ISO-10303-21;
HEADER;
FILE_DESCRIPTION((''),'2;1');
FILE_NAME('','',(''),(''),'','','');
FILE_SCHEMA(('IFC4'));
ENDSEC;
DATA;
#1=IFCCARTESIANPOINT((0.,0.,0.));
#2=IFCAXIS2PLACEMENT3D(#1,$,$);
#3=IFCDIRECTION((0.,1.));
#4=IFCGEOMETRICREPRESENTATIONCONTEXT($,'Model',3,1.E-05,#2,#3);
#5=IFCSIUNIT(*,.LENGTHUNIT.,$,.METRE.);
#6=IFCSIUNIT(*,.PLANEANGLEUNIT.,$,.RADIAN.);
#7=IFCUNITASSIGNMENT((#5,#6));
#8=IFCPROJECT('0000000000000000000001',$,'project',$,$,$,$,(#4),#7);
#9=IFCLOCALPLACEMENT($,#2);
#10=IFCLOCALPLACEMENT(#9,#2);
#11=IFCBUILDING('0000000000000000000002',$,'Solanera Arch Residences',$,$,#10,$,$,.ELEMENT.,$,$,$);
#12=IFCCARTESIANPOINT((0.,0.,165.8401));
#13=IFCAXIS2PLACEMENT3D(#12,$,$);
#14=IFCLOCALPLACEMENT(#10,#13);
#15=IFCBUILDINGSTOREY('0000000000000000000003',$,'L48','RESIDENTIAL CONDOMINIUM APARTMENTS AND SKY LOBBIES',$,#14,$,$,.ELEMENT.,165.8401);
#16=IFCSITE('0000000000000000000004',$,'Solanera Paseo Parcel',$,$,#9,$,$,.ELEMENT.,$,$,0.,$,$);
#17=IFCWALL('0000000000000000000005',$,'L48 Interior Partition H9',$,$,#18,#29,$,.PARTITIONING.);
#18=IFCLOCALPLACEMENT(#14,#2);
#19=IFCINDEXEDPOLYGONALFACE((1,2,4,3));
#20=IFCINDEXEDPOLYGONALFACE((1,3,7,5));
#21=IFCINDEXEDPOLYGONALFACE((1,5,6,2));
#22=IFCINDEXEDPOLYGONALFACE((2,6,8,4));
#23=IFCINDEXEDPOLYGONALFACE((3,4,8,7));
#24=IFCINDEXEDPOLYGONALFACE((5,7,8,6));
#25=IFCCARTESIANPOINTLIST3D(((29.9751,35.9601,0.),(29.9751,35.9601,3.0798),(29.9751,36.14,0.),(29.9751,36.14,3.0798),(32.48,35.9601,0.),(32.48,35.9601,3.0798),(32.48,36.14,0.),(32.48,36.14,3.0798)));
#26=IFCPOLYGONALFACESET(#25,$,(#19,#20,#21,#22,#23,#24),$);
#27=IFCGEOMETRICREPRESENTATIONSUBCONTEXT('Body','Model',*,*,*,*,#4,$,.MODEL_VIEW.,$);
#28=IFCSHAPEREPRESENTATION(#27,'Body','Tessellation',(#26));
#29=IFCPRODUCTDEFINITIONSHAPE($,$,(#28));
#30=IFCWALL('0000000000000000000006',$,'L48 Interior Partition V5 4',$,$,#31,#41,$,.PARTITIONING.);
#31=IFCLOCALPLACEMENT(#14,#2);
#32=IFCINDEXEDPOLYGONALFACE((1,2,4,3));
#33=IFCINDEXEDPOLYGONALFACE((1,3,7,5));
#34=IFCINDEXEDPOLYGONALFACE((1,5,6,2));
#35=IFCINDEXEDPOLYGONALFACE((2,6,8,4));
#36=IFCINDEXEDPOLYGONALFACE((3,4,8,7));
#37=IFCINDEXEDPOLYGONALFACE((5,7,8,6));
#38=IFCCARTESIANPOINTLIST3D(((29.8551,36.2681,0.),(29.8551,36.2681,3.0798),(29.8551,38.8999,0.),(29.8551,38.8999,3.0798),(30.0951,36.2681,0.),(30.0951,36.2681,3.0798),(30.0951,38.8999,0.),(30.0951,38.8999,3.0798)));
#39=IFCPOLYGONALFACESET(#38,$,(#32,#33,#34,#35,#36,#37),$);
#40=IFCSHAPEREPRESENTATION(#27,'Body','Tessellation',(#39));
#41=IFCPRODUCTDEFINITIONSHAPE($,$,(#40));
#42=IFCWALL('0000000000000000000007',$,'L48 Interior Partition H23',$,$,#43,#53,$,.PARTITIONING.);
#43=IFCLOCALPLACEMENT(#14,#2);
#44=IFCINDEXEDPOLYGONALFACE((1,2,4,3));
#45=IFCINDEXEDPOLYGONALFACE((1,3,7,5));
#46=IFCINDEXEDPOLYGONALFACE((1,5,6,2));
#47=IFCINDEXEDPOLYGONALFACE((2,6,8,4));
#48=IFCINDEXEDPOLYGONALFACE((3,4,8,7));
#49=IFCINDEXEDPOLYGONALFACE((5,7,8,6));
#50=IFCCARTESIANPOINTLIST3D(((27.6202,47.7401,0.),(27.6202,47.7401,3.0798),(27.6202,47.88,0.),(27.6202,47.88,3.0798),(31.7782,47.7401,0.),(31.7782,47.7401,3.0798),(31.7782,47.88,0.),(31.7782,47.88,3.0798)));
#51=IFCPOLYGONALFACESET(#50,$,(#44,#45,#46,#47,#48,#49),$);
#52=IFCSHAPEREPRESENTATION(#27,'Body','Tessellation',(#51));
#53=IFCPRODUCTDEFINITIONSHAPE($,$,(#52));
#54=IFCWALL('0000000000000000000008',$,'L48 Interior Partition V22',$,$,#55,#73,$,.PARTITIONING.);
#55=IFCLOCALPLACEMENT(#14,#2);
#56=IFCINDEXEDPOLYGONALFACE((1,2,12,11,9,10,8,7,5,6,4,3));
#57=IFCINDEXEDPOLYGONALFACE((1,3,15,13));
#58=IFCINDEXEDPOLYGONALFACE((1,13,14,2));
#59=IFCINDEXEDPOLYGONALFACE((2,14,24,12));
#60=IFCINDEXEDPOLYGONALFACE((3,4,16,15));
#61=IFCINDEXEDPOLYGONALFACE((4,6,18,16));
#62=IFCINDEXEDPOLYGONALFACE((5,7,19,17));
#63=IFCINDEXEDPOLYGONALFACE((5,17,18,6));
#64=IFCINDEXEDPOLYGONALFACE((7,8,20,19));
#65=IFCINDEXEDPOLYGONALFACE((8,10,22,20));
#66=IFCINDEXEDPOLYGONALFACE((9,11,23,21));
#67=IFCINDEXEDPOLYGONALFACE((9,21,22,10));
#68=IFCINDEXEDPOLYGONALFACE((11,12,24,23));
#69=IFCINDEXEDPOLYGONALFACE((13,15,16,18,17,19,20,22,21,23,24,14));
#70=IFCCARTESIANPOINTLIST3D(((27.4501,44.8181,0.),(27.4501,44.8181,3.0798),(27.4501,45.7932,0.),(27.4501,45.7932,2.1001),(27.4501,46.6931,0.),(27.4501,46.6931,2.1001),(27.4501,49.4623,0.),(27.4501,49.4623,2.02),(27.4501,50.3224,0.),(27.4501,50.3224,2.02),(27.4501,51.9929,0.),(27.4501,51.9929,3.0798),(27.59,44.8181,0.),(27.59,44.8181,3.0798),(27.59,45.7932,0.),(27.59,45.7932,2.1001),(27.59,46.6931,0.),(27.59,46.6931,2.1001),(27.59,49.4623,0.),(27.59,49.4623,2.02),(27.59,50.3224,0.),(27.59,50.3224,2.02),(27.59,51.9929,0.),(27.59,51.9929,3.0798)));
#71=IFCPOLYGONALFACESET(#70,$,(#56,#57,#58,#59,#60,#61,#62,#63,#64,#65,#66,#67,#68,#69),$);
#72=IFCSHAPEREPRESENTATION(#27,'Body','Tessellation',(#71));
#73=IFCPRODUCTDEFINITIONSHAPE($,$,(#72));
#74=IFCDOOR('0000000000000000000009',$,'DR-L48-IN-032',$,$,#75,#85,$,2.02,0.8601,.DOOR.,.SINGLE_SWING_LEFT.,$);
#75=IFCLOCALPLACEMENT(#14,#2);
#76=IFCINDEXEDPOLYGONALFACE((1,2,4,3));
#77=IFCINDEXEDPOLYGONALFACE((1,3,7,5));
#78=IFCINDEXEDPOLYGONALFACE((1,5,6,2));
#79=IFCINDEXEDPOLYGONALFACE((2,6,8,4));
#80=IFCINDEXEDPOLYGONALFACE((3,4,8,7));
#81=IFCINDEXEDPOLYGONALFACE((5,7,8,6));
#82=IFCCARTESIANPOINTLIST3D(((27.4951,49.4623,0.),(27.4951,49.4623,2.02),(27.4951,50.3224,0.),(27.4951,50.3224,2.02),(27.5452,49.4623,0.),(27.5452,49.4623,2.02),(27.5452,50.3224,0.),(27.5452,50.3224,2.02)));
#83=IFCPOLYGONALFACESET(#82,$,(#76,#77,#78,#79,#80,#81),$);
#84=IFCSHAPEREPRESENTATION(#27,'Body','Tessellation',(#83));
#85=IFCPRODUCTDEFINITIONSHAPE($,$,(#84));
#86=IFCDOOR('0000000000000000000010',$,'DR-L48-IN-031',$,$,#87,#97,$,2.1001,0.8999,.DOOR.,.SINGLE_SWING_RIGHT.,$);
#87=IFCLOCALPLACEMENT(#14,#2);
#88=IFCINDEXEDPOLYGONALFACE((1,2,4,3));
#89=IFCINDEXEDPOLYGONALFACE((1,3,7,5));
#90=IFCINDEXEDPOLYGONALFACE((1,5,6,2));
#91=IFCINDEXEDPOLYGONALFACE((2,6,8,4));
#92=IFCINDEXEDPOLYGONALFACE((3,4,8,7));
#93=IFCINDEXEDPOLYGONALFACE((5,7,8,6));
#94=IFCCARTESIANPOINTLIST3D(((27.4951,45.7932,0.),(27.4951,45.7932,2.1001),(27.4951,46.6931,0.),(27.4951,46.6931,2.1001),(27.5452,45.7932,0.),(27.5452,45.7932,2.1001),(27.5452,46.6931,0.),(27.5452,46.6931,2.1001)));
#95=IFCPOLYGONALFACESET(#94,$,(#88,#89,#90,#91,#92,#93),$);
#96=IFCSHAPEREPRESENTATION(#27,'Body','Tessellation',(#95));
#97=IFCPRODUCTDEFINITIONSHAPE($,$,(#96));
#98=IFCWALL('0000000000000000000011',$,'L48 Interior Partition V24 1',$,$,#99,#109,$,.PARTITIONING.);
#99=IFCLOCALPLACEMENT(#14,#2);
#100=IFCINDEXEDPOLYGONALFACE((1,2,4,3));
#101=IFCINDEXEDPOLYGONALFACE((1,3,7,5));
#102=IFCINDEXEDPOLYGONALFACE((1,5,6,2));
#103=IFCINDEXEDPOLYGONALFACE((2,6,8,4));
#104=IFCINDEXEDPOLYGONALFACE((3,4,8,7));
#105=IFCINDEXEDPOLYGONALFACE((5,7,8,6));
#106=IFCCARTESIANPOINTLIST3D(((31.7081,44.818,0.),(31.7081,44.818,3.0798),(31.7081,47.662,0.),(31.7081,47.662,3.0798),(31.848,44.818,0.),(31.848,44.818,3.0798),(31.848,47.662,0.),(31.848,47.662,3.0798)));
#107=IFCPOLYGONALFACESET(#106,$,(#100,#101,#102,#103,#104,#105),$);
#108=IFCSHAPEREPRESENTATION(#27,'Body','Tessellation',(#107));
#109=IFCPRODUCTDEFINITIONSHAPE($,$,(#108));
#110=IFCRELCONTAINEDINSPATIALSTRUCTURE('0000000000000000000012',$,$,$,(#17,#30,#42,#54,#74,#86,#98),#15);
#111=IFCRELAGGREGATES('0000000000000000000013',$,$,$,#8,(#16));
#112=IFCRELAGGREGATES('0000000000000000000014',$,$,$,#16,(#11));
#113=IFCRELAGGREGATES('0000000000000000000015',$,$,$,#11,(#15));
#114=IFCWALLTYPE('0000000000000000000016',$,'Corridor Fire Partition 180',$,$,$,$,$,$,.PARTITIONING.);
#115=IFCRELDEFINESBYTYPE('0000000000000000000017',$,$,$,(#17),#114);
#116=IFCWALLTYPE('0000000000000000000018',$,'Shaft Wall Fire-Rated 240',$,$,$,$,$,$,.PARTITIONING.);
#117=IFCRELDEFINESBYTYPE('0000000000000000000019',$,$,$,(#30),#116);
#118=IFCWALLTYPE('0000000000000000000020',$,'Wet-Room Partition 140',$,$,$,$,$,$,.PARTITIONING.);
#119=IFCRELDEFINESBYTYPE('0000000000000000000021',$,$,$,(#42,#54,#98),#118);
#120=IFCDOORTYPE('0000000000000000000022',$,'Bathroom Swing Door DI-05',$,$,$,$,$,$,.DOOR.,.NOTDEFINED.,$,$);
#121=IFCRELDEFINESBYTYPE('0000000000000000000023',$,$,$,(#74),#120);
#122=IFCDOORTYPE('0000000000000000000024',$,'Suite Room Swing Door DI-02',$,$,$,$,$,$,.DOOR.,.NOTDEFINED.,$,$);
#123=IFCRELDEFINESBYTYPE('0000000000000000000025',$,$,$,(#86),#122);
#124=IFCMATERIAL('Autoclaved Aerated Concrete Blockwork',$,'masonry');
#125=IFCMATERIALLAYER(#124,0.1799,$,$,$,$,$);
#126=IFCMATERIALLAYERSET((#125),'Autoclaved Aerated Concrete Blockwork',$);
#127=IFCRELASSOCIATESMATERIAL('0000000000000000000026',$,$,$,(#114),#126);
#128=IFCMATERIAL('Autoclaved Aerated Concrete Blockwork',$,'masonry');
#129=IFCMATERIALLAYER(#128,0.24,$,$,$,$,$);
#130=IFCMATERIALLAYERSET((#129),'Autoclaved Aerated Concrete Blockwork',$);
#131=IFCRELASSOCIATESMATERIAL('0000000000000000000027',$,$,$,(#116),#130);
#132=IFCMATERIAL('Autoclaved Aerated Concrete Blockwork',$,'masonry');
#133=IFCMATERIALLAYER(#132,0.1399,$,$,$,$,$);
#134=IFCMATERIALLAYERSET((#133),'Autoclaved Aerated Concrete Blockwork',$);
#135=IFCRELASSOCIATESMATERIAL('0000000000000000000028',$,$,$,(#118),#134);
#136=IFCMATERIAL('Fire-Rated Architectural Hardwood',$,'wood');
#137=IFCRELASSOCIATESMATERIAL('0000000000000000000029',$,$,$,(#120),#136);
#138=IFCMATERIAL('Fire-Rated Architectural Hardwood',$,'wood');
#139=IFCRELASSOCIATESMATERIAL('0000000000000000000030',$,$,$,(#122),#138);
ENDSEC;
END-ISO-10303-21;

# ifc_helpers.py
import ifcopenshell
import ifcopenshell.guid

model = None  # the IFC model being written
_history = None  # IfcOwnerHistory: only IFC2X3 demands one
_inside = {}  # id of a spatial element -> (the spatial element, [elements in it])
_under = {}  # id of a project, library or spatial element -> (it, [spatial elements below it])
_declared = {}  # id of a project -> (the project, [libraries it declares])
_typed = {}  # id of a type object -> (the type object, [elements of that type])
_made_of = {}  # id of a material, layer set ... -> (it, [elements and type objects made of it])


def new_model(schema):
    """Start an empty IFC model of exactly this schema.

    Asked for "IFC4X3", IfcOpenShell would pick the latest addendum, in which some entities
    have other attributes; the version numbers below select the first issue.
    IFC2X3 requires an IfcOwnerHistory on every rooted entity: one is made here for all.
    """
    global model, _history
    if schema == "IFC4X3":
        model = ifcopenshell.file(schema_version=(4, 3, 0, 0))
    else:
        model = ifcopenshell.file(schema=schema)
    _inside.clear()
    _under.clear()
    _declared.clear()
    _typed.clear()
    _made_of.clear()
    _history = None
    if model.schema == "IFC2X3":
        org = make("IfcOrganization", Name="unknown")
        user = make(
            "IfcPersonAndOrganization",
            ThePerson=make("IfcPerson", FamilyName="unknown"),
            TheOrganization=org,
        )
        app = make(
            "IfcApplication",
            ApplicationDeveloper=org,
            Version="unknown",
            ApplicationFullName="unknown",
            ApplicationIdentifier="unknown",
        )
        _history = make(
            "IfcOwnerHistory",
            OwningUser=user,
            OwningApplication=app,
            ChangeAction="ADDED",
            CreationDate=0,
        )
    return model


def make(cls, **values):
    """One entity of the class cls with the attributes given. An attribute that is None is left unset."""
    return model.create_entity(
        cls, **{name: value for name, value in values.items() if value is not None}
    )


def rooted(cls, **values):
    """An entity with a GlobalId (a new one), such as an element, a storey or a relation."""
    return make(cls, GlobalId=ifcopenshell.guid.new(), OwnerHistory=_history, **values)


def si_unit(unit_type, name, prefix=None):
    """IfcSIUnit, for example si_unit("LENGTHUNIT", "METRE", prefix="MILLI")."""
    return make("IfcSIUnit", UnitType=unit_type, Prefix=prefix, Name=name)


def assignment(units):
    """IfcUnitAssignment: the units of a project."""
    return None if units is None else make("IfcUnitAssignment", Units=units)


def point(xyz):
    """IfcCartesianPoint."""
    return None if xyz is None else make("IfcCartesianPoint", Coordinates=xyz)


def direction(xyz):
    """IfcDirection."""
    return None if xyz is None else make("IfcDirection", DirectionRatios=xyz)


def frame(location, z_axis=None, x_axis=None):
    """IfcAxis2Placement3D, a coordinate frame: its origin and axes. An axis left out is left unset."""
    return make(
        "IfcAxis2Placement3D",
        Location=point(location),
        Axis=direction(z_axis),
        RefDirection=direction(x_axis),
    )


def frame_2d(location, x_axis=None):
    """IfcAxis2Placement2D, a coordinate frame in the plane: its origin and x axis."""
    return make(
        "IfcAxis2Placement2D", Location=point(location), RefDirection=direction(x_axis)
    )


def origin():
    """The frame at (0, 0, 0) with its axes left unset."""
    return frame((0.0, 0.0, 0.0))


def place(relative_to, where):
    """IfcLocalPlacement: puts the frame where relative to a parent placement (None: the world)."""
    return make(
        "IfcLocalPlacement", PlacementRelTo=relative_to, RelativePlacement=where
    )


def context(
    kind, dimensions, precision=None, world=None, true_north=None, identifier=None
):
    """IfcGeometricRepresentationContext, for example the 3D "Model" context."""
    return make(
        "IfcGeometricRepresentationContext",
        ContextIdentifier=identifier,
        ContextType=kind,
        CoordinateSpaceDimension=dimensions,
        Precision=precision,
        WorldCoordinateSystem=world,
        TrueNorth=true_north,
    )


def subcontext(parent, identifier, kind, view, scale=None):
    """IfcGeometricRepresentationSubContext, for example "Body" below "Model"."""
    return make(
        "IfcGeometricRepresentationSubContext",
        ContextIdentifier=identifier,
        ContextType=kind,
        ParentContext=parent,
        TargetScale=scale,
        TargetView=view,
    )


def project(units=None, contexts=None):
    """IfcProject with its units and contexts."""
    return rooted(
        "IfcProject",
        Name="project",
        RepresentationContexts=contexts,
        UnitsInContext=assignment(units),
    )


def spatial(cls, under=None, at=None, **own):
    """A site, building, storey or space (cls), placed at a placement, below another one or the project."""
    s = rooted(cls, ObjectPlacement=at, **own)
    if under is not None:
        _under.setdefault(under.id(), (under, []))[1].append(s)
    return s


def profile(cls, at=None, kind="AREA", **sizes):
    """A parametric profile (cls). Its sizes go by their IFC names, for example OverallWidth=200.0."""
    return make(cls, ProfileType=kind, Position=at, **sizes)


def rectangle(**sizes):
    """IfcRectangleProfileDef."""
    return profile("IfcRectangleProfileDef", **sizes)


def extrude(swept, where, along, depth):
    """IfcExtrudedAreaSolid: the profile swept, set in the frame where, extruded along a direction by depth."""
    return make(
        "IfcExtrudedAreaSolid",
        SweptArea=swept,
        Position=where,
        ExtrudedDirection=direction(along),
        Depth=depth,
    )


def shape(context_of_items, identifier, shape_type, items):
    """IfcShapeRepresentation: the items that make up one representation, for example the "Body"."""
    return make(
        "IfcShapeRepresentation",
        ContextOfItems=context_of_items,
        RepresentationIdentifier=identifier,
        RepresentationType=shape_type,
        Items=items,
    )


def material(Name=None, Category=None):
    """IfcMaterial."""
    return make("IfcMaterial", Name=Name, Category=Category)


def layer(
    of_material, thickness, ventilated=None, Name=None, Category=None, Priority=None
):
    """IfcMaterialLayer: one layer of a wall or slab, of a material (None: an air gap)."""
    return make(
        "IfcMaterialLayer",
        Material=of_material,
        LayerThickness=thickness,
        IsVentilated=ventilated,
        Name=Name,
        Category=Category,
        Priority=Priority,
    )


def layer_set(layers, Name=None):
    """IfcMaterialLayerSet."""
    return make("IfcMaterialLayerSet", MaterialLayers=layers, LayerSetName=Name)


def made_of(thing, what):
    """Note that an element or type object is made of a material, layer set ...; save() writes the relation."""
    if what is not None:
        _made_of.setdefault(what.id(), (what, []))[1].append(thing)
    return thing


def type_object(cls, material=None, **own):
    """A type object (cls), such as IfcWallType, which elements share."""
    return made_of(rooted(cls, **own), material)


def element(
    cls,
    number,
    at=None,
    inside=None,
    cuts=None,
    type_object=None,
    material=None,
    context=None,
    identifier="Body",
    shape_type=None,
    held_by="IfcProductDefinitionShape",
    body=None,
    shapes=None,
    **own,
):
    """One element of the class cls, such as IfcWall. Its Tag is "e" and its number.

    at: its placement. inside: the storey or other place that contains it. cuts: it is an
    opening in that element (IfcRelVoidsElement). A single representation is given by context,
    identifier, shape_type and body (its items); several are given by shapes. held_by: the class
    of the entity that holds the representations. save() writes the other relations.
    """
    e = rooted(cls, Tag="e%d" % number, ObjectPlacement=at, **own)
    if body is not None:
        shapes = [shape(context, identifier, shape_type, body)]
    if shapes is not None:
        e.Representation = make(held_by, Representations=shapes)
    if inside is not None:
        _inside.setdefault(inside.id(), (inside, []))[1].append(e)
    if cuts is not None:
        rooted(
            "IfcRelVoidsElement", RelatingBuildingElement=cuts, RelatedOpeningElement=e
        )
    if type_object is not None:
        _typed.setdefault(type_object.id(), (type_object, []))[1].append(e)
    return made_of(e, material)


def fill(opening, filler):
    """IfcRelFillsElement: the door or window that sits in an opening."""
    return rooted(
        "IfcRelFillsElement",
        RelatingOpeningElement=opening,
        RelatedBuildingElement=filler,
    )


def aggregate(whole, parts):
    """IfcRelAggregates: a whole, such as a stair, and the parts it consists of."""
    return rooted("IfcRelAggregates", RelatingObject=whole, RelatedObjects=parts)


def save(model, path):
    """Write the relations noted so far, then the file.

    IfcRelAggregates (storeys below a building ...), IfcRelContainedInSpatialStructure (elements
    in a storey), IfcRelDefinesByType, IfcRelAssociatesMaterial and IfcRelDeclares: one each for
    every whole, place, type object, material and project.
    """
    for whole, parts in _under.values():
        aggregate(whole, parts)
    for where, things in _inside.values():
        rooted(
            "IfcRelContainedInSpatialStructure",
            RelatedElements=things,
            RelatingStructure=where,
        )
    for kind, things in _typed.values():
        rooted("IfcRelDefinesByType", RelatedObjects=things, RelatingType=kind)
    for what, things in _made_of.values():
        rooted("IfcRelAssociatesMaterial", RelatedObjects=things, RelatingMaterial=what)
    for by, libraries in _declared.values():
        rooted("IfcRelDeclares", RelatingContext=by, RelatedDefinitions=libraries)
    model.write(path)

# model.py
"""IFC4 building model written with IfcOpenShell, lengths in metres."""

from ifc_helpers import new_model, si_unit, direction, frame, frame_2d, origin, place, context, subcontext, project, spatial, rectangle, extrude, material, layer, layer_set, type_object, element, fill, save


model = new_model("IFC4")

# Units and contexts
model_context = context("Model", 3, precision=1e-05, world=origin(), true_north=direction((0.0, 1.0)))
body_context = subcontext(model_context, "Body", "Model", "MODEL_VIEW")
ifc_project = project(units=[si_unit("LENGTHUNIT", "METRE"), si_unit("PLANEANGLEUNIT", "RADIAN")], contexts=[model_context])

# Site, building, storey
site_placement = place(None, origin())
site = spatial("IfcSite", under=ifc_project, at=site_placement, Name="Solanera Paseo Parcel", CompositionType="ELEMENT", RefElevation=0.0)
building_placement = place(site_placement, origin())
building = spatial("IfcBuilding", under=site, at=building_placement, Name="Solanera Arch Residences", CompositionType="ELEMENT")
storey_placement = place(building_placement, frame((0.0, 0.0, 165.8401)))
storey = spatial("IfcBuildingStorey", under=building, at=storey_placement, Name="L48", Description="RESIDENTIAL CONDOMINIUM APARTMENTS AND SKY LOBBIES", CompositionType="ELEMENT", Elevation=165.8401)

# Walls
ifc_material_1 = material(Name="Autoclaved Aerated Concrete Blockwork", Category="masonry")
ifc_layer_1 = layer(ifc_material_1, 0.1799)
ifc_layer_set_1 = layer_set([ifc_layer_1], Name="Autoclaved Aerated Concrete Blockwork")
wall_type_1 = type_object("IfcWallType", Name="Corridor Fire Partition 180", PredefinedType="PARTITIONING", material=ifc_layer_set_1)
wall_1_placement = place(storey_placement, frame((29.9751, 36.05, 0.0), z_axis=(0.0, 0.0, 1.0), x_axis=(1.0, 0.0, 0.0)))
element("IfcWall", 1, at=wall_1_placement, inside=storey, type_object=wall_type_1, Name="L48 Interior Partition H9", PredefinedType="PARTITIONING", context=body_context, shape_type="SweptSolid", body=[
    extrude(rectangle(XDim=2.5049, YDim=0.1799, at=frame_2d((1.2524, 0.0))), origin(), (0.0, 0.0, 1.0), 3.0798),
])
ifc_material_2 = material(Name="Autoclaved Aerated Concrete Blockwork", Category="masonry")
ifc_layer_2 = layer(ifc_material_2, 0.24)
ifc_layer_set_2 = layer_set([ifc_layer_2], Name="Autoclaved Aerated Concrete Blockwork")
wall_type_2 = type_object("IfcWallType", Name="Shaft Wall Fire-Rated 240", PredefinedType="PARTITIONING", material=ifc_layer_set_2)
wall_2_placement = place(storey_placement, frame((29.9751, 36.2681, 0.0), z_axis=(0.0, 0.0, 1.0), x_axis=(0.0, 1.0, 0.0)))
element("IfcWall", 2, at=wall_2_placement, inside=storey, type_object=wall_type_2, Name="L48 Interior Partition V5 4", PredefinedType="PARTITIONING", context=body_context, shape_type="SweptSolid", body=[
    extrude(rectangle(XDim=2.6318, YDim=0.24, at=frame_2d((1.3159, 0.0))), origin(), (0.0, 0.0, 1.0), 3.0798),
])
ifc_material_3 = material(Name="Autoclaved Aerated Concrete Blockwork", Category="masonry")
ifc_layer_3 = layer(ifc_material_3, 0.1399)
ifc_layer_set_3 = layer_set([ifc_layer_3], Name="Autoclaved Aerated Concrete Blockwork")
wall_type_3 = type_object("IfcWallType", Name="Wet-Room Partition 140", PredefinedType="PARTITIONING", material=ifc_layer_set_3)
wall_3_placement = place(storey_placement, frame((27.6201, 47.8101, 0.0), z_axis=(0.0, 0.0, 1.0), x_axis=(1.0, 0.0, 0.0)))
element("IfcWall", 3, at=wall_3_placement, inside=storey, type_object=wall_type_3, Name="L48 Interior Partition H23", PredefinedType="PARTITIONING", context=body_context, shape_type="SweptSolid", body=[
    extrude(rectangle(XDim=4.158, YDim=0.1399, at=frame_2d((2.0791, 0.0))), origin(), (0.0, 0.0, 1.0), 3.0798),
])

# Wall, openings, doors
wall_4_placement = place(storey_placement, frame((27.52, 44.8181, 0.0), z_axis=(0.0, 0.0, 1.0), x_axis=(0.0, 1.0, 0.0)))
wall_4 = element("IfcWall", 4, at=wall_4_placement, inside=storey, type_object=wall_type_3, Name="L48 Interior Partition V22", PredefinedType="PARTITIONING", context=body_context, shape_type="SweptSolid", body=[
    extrude(rectangle(XDim=7.1748, YDim=0.1399, at=frame_2d((3.5874, 0.0))), origin(), (0.0, 0.0, 1.0), 3.0798),
])
opening_1_placement = place(wall_4_placement, frame((0.9751, 0.0, 0.0)))
opening_1 = element("IfcOpeningElement", 5, at=opening_1_placement, cuts=wall_4, PredefinedType="OPENING", context=body_context, shape_type="SweptSolid", body=[
    extrude(rectangle(XDim=0.8999, YDim=2.1001, at=frame_2d((0.45, 1.05))), frame((0.0, 0.0798, 0.0), z_axis=(0.0, -1.0, 0.0), x_axis=(1.0, 0.0, 0.0)), (0.0, 0.0, 1.0), 0.1599),
])
opening_2_placement = place(wall_4_placement, frame((4.644, 0.0, 0.0)))
opening_2 = element("IfcOpeningElement", 6, at=opening_2_placement, cuts=wall_4, PredefinedType="OPENING", context=body_context, shape_type="SweptSolid", body=[
    extrude(rectangle(XDim=0.8601, YDim=2.02, at=frame_2d((0.4302, 1.01))), frame((0.0, 0.0798, 0.0), z_axis=(0.0, -1.0, 0.0), x_axis=(1.0, 0.0, 0.0)), (0.0, 0.0, 1.0), 0.1599),
])
ifc_material_4 = material(Name="Fire-Rated Architectural Hardwood", Category="wood")
door_type_1 = type_object("IfcDoorType", Name="Bathroom Swing Door DI-05", OperationType="NOTDEFINED", PredefinedType="DOOR", material=ifc_material_4)
door_1_placement = place(opening_2_placement, origin())
door_1 = element("IfcDoor", 7, at=door_1_placement, inside=storey, type_object=door_type_1, Name="DR-L48-IN-032", OperationType="SINGLE_SWING_LEFT", OverallHeight=2.02, OverallWidth=0.8601, PredefinedType="DOOR", context=body_context, shape_type="SweptSolid", body=[
    extrude(rectangle(XDim=0.8601, YDim=2.02, at=frame_2d((0.4302, 1.01))), frame((0.0, 0.0249, 0.0), z_axis=(0.0, -1.0, 0.0), x_axis=(1.0, 0.0, 0.0)), (0.0, 0.0, 1.0), 0.05),
])
fill(opening_2, door_1)
ifc_material_5 = material(Name="Fire-Rated Architectural Hardwood", Category="wood")
door_type_2 = type_object("IfcDoorType", Name="Suite Room Swing Door DI-02", OperationType="NOTDEFINED", PredefinedType="DOOR", material=ifc_material_5)
door_2_placement = place(opening_1_placement, origin())
door_2 = element("IfcDoor", 8, at=door_2_placement, inside=storey, type_object=door_type_2, Name="DR-L48-IN-031", OperationType="SINGLE_SWING_RIGHT", OverallHeight=2.1001, OverallWidth=0.8999, PredefinedType="DOOR", context=body_context, shape_type="SweptSolid", body=[
    extrude(rectangle(XDim=0.8999, YDim=2.1001, at=frame_2d((0.45, 1.05))), frame((0.0, 0.0249, 0.0), z_axis=(0.0, -1.0, 0.0), x_axis=(1.0, 0.0, 0.0)), (0.0, 0.0, 1.0), 0.05),
])
fill(opening_1, door_2)

# Wall
wall_5_placement = place(storey_placement, frame((31.7781, 44.8181, 0.0), z_axis=(0.0, 0.0, 1.0), x_axis=(0.0, 1.0, 0.0)))
element("IfcWall", 9, at=wall_5_placement, inside=storey, type_object=wall_type_3, Name="L48 Interior Partition V24 1", PredefinedType="PARTITIONING", context=body_context, shape_type="SweptSolid", body=[
    extrude(rectangle(XDim=2.844, YDim=0.1399, at=frame_2d((1.4219, 0.0))), origin(), (0.0, 0.0, 1.0), 3.0798),
])

save(model, "model.ifc")
